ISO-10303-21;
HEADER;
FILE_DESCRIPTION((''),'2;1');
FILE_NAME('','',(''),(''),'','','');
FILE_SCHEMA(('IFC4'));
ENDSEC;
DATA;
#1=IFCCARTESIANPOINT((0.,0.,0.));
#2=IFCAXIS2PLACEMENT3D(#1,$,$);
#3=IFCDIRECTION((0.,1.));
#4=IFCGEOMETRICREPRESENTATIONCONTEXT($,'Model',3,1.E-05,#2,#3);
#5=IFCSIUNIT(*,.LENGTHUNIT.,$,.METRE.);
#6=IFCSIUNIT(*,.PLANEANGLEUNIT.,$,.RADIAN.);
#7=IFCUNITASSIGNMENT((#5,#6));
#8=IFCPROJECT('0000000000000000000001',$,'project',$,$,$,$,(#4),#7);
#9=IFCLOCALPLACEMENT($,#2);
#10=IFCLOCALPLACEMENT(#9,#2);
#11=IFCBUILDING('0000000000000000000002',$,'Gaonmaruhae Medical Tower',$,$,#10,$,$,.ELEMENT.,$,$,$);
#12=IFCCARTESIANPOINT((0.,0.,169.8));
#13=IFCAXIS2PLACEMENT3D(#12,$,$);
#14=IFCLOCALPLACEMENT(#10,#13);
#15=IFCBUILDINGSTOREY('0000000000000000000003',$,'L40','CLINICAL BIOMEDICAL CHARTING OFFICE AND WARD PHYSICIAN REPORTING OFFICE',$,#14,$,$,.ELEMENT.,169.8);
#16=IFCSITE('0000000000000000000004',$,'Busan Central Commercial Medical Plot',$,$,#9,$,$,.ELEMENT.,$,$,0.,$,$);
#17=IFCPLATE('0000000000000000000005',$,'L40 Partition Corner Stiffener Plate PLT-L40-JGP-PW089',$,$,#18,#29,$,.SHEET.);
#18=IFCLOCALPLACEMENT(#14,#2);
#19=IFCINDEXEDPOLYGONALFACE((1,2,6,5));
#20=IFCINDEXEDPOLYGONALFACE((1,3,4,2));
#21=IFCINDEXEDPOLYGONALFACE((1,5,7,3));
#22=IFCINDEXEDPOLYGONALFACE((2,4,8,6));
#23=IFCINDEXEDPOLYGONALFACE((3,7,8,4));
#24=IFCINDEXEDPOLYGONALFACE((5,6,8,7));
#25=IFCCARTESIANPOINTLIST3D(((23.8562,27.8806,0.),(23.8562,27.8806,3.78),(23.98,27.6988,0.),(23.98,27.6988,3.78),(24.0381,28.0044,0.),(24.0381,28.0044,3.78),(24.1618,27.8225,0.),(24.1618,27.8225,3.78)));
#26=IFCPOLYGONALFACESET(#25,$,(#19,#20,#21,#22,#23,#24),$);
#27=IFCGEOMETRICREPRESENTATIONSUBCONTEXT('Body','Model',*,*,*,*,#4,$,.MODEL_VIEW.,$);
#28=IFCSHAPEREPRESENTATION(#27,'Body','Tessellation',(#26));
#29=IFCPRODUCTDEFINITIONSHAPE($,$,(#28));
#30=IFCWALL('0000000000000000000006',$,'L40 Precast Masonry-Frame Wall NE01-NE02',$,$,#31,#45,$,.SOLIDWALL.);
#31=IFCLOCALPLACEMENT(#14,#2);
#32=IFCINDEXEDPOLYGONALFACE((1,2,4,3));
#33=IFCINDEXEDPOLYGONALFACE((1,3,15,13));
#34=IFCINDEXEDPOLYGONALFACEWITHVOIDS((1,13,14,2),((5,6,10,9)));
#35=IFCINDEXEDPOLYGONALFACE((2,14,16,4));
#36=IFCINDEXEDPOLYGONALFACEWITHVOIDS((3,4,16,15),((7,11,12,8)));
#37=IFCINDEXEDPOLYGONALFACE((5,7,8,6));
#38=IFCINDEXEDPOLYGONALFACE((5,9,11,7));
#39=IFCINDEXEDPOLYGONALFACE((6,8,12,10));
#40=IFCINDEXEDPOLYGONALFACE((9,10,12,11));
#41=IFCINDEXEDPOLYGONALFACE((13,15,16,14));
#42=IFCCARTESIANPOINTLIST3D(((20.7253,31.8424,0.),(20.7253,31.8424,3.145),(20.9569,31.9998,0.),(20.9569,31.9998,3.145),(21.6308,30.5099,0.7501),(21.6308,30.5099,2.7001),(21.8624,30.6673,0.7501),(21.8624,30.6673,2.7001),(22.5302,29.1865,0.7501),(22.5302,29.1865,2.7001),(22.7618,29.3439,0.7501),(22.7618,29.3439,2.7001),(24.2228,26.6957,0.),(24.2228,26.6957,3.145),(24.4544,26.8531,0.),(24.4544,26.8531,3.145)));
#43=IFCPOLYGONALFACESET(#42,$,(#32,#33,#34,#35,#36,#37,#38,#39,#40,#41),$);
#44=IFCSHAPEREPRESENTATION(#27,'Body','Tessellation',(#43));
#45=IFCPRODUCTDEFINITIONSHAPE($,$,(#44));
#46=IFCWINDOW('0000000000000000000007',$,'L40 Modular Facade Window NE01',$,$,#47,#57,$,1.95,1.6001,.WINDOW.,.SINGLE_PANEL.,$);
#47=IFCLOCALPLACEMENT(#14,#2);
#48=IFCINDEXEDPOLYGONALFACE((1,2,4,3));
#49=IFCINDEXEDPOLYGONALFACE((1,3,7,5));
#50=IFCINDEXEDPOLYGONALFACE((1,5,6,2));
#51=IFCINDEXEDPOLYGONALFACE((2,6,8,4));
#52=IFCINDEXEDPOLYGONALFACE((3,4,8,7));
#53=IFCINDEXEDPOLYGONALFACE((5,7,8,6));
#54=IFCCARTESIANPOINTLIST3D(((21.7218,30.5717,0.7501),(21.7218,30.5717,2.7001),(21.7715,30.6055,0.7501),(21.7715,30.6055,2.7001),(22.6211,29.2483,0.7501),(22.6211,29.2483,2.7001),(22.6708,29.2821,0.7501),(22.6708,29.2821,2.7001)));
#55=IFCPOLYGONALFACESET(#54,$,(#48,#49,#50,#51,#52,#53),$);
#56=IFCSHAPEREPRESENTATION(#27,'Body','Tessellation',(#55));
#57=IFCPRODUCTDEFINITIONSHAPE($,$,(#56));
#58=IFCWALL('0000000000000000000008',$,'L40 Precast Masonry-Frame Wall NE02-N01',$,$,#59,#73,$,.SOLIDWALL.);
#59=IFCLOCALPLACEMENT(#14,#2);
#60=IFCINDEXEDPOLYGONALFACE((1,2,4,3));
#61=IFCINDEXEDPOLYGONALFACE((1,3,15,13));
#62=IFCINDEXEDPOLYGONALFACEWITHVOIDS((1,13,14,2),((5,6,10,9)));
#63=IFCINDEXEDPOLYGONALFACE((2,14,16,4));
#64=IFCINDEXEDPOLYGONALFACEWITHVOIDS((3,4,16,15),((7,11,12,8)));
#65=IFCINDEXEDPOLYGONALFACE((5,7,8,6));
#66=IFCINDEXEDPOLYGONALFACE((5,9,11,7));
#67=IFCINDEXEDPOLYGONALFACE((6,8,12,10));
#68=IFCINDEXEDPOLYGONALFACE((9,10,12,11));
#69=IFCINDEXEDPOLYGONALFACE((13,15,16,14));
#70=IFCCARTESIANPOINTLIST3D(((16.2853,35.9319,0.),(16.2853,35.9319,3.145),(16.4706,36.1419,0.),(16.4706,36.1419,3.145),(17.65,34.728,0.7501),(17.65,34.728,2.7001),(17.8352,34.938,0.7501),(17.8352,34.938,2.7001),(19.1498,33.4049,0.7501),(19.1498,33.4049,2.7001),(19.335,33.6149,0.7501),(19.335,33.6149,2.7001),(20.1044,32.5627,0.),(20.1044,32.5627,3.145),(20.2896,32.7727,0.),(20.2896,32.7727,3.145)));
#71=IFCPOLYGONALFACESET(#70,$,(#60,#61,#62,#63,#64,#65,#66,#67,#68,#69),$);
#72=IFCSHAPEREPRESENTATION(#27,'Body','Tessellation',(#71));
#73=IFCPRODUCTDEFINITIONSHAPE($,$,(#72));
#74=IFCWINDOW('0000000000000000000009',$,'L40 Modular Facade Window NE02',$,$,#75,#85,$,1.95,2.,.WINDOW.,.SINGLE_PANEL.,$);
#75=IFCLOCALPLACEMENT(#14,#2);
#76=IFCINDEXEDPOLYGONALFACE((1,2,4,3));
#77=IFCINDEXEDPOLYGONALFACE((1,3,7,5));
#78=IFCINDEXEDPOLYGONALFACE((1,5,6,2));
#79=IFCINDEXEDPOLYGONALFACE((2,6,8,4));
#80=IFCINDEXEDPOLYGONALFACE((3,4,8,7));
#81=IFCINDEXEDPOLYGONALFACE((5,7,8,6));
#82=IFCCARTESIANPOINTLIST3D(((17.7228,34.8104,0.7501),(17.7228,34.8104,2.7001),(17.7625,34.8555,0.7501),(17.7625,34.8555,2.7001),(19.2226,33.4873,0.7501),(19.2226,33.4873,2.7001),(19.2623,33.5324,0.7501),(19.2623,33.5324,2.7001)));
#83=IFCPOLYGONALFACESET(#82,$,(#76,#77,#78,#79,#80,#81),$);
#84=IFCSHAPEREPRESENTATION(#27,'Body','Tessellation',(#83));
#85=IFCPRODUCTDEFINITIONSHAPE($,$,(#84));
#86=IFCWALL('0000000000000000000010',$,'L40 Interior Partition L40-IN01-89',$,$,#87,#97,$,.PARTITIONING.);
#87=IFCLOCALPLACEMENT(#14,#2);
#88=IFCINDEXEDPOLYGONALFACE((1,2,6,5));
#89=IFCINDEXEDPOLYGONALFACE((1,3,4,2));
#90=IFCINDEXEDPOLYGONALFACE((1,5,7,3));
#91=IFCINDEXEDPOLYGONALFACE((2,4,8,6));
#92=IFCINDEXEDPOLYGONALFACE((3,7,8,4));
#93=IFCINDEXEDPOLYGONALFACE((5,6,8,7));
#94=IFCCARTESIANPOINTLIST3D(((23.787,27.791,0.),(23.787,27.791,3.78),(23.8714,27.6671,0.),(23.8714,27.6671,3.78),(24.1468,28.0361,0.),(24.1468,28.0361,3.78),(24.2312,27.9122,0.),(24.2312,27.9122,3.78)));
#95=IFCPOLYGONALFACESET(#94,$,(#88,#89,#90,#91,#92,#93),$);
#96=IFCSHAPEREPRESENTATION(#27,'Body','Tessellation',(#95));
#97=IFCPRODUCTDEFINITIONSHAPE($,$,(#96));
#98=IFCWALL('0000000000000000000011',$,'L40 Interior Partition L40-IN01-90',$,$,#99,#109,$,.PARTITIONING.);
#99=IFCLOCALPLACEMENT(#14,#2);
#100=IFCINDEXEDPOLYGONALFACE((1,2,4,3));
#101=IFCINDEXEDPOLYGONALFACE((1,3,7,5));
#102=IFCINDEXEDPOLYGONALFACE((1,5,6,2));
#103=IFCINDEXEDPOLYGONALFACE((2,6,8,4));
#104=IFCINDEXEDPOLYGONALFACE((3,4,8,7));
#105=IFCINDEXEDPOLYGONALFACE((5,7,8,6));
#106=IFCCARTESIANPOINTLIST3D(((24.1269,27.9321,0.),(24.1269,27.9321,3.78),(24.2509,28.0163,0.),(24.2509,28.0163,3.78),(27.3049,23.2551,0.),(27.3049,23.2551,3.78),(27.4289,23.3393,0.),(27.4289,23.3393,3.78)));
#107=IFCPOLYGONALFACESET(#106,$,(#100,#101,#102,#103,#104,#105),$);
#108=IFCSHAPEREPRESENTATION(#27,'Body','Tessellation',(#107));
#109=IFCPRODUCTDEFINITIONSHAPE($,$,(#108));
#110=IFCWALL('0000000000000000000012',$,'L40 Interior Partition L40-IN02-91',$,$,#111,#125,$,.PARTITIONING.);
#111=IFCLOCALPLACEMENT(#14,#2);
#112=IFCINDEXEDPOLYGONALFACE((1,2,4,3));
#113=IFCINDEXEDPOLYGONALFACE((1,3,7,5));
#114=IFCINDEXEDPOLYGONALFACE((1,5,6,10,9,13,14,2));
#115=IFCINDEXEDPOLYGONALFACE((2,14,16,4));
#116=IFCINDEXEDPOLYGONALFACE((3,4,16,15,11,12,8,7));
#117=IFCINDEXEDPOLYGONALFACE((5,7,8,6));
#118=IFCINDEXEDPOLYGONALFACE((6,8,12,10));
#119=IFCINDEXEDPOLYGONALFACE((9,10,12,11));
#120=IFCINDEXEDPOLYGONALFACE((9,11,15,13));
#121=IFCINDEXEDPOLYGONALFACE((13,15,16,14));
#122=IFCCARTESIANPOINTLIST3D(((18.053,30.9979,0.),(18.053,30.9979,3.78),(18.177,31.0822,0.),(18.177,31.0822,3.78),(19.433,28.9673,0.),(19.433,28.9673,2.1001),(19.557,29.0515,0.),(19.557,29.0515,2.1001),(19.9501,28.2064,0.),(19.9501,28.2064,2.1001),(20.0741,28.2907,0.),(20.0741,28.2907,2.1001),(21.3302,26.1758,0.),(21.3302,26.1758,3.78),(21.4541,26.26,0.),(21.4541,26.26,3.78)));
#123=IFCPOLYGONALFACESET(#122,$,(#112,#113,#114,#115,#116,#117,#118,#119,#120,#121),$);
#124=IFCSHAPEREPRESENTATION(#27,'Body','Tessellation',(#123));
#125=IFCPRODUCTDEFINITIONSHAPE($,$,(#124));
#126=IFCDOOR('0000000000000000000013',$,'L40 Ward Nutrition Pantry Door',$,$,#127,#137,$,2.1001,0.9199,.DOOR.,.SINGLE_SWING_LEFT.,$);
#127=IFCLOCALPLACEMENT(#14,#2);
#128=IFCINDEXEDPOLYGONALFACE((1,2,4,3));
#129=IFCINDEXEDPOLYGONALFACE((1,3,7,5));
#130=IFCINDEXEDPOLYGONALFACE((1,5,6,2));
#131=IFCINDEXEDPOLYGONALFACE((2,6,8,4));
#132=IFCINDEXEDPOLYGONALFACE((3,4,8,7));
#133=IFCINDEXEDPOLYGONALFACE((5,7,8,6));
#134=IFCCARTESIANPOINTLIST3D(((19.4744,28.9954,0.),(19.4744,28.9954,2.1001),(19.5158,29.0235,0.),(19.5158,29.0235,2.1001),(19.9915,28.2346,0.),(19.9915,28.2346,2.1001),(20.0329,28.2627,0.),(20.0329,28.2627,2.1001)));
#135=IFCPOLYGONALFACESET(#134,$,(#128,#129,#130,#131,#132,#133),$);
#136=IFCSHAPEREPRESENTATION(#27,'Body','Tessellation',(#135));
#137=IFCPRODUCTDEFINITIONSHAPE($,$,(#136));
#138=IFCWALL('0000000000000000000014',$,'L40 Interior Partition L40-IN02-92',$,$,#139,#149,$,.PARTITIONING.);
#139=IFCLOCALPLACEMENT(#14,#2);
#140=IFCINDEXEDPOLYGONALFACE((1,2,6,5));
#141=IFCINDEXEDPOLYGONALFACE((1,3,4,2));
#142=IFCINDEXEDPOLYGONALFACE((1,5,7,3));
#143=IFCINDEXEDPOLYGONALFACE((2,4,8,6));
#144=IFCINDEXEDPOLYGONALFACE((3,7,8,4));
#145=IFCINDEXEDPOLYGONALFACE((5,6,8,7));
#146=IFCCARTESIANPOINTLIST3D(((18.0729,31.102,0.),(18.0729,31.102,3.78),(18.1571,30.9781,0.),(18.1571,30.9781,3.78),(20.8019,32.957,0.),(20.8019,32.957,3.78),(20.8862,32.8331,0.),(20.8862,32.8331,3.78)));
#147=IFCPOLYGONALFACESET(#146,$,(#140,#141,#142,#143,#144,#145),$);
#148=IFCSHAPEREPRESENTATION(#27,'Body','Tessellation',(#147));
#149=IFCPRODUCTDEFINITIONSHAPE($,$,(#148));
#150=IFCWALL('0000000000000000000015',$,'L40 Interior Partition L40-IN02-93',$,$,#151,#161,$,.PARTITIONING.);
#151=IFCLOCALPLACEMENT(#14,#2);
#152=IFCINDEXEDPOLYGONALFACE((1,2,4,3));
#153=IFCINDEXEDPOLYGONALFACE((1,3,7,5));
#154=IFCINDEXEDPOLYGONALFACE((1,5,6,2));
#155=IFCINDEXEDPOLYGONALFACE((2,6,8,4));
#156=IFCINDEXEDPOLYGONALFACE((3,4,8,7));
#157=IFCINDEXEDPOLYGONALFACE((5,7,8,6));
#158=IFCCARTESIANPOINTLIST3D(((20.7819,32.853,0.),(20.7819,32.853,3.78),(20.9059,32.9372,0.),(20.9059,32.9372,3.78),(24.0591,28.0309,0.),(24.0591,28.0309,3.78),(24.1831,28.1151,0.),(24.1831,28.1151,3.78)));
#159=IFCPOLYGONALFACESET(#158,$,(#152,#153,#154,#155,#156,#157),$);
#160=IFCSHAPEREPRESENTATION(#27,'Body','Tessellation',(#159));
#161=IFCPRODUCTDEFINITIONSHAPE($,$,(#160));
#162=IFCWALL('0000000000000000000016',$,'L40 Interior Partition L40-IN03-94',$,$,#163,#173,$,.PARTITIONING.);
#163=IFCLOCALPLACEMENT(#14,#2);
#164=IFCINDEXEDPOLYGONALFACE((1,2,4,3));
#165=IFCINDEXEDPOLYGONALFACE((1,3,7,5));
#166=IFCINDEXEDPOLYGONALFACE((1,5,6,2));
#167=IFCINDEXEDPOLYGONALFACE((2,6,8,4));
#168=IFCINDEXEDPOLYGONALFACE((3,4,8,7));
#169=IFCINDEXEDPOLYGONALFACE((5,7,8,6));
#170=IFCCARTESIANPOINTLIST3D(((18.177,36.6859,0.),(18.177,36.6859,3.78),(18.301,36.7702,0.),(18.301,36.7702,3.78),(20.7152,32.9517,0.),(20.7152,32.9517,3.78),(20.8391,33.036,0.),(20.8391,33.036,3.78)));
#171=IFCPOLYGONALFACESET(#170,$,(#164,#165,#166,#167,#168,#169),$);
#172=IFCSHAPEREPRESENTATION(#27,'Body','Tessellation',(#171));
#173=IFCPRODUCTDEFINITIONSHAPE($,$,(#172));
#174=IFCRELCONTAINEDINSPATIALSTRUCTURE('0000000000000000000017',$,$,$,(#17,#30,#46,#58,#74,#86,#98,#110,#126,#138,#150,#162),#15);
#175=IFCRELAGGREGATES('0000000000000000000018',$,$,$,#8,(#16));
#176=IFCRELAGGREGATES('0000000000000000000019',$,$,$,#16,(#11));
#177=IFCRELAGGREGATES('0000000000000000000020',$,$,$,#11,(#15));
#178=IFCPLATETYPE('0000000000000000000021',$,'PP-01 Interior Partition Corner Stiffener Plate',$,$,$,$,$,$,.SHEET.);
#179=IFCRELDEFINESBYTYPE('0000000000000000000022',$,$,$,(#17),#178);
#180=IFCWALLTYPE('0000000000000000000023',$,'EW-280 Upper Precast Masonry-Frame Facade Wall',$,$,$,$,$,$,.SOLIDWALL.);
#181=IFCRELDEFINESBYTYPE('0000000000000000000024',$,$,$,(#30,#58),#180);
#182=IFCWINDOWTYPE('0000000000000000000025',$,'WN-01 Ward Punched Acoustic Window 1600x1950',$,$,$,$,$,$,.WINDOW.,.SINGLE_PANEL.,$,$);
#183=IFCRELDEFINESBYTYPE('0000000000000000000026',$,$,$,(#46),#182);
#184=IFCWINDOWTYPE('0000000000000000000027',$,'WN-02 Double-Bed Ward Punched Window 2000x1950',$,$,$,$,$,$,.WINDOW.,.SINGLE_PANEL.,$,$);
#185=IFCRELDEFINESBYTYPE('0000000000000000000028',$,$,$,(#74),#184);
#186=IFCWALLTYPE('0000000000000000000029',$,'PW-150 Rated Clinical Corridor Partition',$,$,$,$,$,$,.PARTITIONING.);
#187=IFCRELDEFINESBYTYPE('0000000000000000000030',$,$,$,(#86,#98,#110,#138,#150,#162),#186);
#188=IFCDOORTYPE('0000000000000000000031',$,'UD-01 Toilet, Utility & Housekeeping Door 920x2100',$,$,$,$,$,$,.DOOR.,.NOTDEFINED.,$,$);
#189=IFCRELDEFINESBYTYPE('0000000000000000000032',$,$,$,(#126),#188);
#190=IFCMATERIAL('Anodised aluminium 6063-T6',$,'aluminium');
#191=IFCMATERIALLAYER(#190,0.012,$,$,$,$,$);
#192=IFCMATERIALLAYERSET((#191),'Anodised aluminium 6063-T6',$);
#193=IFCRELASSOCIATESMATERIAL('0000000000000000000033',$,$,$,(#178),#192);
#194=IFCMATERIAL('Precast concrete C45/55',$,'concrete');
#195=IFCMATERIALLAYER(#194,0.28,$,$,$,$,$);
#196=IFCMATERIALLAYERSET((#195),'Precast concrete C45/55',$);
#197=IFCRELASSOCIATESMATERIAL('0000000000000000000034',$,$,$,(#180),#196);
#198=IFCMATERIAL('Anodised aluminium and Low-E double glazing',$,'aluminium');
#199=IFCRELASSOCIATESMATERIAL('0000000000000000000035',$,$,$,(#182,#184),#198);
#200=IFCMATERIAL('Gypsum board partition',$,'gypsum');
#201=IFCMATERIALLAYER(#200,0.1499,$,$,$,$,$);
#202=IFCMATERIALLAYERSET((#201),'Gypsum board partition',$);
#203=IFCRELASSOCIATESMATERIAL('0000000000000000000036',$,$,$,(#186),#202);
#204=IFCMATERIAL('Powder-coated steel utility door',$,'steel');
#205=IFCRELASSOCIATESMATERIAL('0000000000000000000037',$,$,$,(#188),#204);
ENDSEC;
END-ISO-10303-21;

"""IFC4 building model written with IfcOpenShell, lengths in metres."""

from ifc_helpers import new_model, si_unit, direction, frame, frame_2d, origin, origin_2d, place, context, subcontext, project, spatial, rectangle, extrude, material, layer, layer_set, type_object, element, fill, save


model = new_model("IFC4")

# Units and contexts
model_context = context("Model", 3, precision=1e-05, world=origin(), true_north=direction((0.0, 1.0)))
body_context = subcontext(model_context, "Body", "Model", "MODEL_VIEW")
ifc_project = project(units=[si_unit("LENGTHUNIT", "METRE"), si_unit("PLANEANGLEUNIT", "RADIAN")], contexts=[model_context])

# Site, building, storey
site_placement = place(None, origin())
site = spatial("IfcSite", under=ifc_project, at=site_placement, Name="Busan Central Commercial Medical Plot", CompositionType="ELEMENT", RefElevation=0.0)
building_placement = place(site_placement, origin())
building = spatial("IfcBuilding", under=site, at=building_placement, Name="Gaonmaruhae Medical Tower", CompositionType="ELEMENT")
storey_placement = place(building_placement, frame((0.0, 0.0, 169.8)))
storey = spatial("IfcBuildingStorey", under=building, at=storey_placement, Name="L40", Description="CLINICAL BIOMEDICAL CHARTING OFFICE AND WARD PHYSICIAN REPORTING OFFICE", CompositionType="ELEMENT", Elevation=169.8)

# Plate
ifc_material_1 = material(Name="Anodised aluminium 6063-T6", Category="aluminium")
ifc_layer_1 = layer(ifc_material_1, 0.012)
ifc_layer_set_1 = layer_set([ifc_layer_1], Name="Anodised aluminium 6063-T6")
plate_type = type_object("IfcPlateType", Name="PP-01 Interior Partition Corner Stiffener Plate", PredefinedType="SHEET", material=ifc_layer_set_1)
plate_placement = place(storey_placement, frame((24.009, 27.8516, 0.0), z_axis=(0.0, 0.0, 1.0), x_axis=(0.826717, 0.562617, 0.0)))
element("IfcPlate", 1, at=plate_placement, inside=storey, type_object=plate_type, Name="L40 Partition Corner Stiffener Plate PLT-L40-JGP-PW089", PredefinedType="SHEET", context=body_context, shape_type="SweptSolid", body=[
    extrude(rectangle(XDim=0.22, YDim=0.22, at=origin_2d()), origin(), (0.0, 0.0, 1.0), 3.78),
])

# Walls, openings, windows
ifc_material_2 = material(Name="Precast concrete C45/55", Category="concrete")
ifc_layer_2 = layer(ifc_material_2, 0.28)
ifc_layer_set_2 = layer_set([ifc_layer_2], Name="Precast concrete C45/55")
wall_type_1 = type_object("IfcWallType", Name="EW-280 Upper Precast Masonry-Frame Facade Wall", PredefinedType="SOLIDWALL", material=ifc_layer_set_2)
wall_1_placement = place(storey_placement, frame((24.3386, 26.7744, 0.0), z_axis=(0.0, 0.0, 1.0), x_axis=(-0.562066, 0.827092, 0.0)))
wall_1 = element("IfcWall", 2, at=wall_1_placement, inside=storey, type_object=wall_type_1, Name="L40 Precast Masonry-Frame Wall NE01-NE02", PredefinedType="SOLIDWALL", context=body_context, shape_type="SweptSolid", body=[
    extrude(rectangle(XDim=6.2227, YDim=0.28, at=frame_2d((3.1113, 0.0))), origin(), (0.0, 0.0, 1.0), 3.145),
])
opening_1_placement = place(wall_1_placement, frame((3.0115, 0.0, 0.75)))
opening_1 = element("IfcOpeningElement", 3, at=opening_1_placement, cuts=wall_1, PredefinedType="OPENING", context=body_context, shape_type="SweptSolid", body=[
    extrude(rectangle(XDim=1.6001, YDim=1.95, at=frame_2d((0.8, 0.9751))), frame((0.0, 0.1499, 0.0), z_axis=(0.0, -1.0, 0.0), x_axis=(1.0, 0.0, 0.0)), (0.0, 0.0, 1.0), 0.3),
])
ifc_material_3 = material(Name="Anodised aluminium and Low-E double glazing", Category="aluminium")
window_type_1 = type_object("IfcWindowType", Name="WN-01 Ward Punched Acoustic Window 1600x1950", PartitioningType="SINGLE_PANEL", PredefinedType="WINDOW", material=ifc_material_3)
window_1_placement = place(opening_1_placement, origin())
window_1 = element("IfcWindow", 4, at=window_1_placement, inside=storey, type_object=window_type_1, Name="L40 Modular Facade Window NE01", OverallHeight=1.95, OverallWidth=1.6001, PartitioningType="SINGLE_PANEL", PredefinedType="WINDOW", context=body_context, shape_type="SweptSolid", body=[
    extrude(rectangle(XDim=1.6001, YDim=1.95, at=frame_2d((0.8, 0.9751))), frame((0.0, 0.03, 0.0), z_axis=(0.0, -1.0, 0.0), x_axis=(1.0, 0.0, 0.0)), (0.0, 0.0, 1.0), 0.0601),
])
fill(opening_1, window_1)
wall_2_placement = place(storey_placement, frame((16.3779, 36.0369, 0.0), z_axis=(0.0, 0.0, 1.0), x_axis=(0.749901, -0.66155, 0.0)))
wall_2 = element("IfcWall", 5, at=wall_2_placement, inside=storey, type_object=wall_type_1, Name="L40 Precast Masonry-Frame Wall NE02-N01", PredefinedType="SOLIDWALL", context=body_context, shape_type="SweptSolid", body=[
    extrude(rectangle(XDim=5.0928, YDim=0.28, at=frame_2d((2.5464, 0.0))), origin(), (0.0, 0.0, 1.0), 3.145),
])
opening_2_placement = place(wall_2_placement, frame((1.8198, 0.0, 0.75)))
opening_2 = element("IfcOpeningElement", 6, at=opening_2_placement, cuts=wall_2, PredefinedType="OPENING", context=body_context, shape_type="SweptSolid", body=[
    extrude(rectangle(XDim=2.0, YDim=1.95, at=frame_2d((1.0, 0.9751))), frame((0.0, 0.1499, 0.0), z_axis=(0.0, -1.0, 0.0), x_axis=(1.0, 0.0, 0.0)), (0.0, 0.0, 1.0), 0.3),
])
window_type_2 = type_object("IfcWindowType", Name="WN-02 Double-Bed Ward Punched Window 2000x1950", PartitioningType="SINGLE_PANEL", PredefinedType="WINDOW", material=ifc_material_3)
window_2_placement = place(opening_2_placement, origin())
window_2 = element("IfcWindow", 7, at=window_2_placement, inside=storey, type_object=window_type_2, Name="L40 Modular Facade Window NE02", OverallHeight=1.95, OverallWidth=2.0, PartitioningType="SINGLE_PANEL", PredefinedType="WINDOW", context=body_context, shape_type="SweptSolid", body=[
    extrude(rectangle(XDim=2.0, YDim=1.95, at=frame_2d((1.0, 0.9751))), frame((0.0, 0.03, 0.0), z_axis=(0.0, -1.0, 0.0), x_axis=(1.0, 0.0, 0.0)), (0.0, 0.0, 1.0), 0.0601),
])
fill(opening_2, window_2)

# Walls
ifc_material_4 = material(Name="Gypsum board partition", Category="gypsum")
ifc_layer_3 = layer(ifc_material_4, 0.1499)
ifc_layer_set_3 = layer_set([ifc_layer_3], Name="Gypsum board partition")
wall_type_2 = type_object("IfcWallType", Name="PW-150 Rated Clinical Corridor Partition", PredefinedType="PARTITIONING", material=ifc_layer_set_3)
wall_3_placement = place(storey_placement, frame((23.8291, 27.729, 0.0), z_axis=(0.0, 0.0, 1.0), x_axis=(0.826488, 0.562954, 0.0)))
element("IfcWall", 8, at=wall_3_placement, inside=storey, type_object=wall_type_2, Name="L40 Interior Partition L40-IN01-89", PredefinedType="PARTITIONING", context=body_context, shape_type="SweptSolid", body=[
    extrude(rectangle(XDim=0.4353, YDim=0.1499, at=frame_2d((0.2178, 0.0))), origin(), (0.0, 0.0, 1.0), 3.78),
])
wall_4_placement = place(storey_placement, frame((24.189, 27.9741, 0.0), z_axis=(0.0, 0.0, 1.0), x_axis=(0.562022, -0.827122, 0.0)))
element("IfcWall", 9, at=wall_4_placement, inside=storey, type_object=wall_type_2, Name="L40 Interior Partition L40-IN01-90", PredefinedType="PARTITIONING", context=body_context, shape_type="SweptSolid", body=[
    extrude(rectangle(XDim=5.6545, YDim=0.1499, at=frame_2d((2.8271, 0.0))), origin(), (0.0, 0.0, 1.0), 3.78),
])

# Wall, opening, door
wall_5_placement = place(storey_placement, frame((21.3921, 26.218, 0.0), z_axis=(0.0, 0.0, 1.0), x_axis=(-0.56209, 0.827076, 0.0)))
wall_5 = element("IfcWall", 10, at=wall_5_placement, inside=storey, type_object=wall_type_2, Name="L40 Interior Partition L40-IN02-91", PredefinedType="PARTITIONING", context=body_context, shape_type="SweptSolid", body=[
    extrude(rectangle(XDim=5.8303, YDim=0.1499, at=frame_2d((2.915, 0.0))), origin(), (0.0, 0.0, 1.0), 3.78),
])
opening_3_placement = place(wall_5_placement, frame((2.4551, 0.0, 0.0)))
opening_3 = element("IfcOpeningElement", 11, at=opening_3_placement, cuts=wall_5, PredefinedType="OPENING", context=body_context, shape_type="SweptSolid", body=[
    extrude(rectangle(XDim=0.9199, YDim=2.1001, at=frame_2d((0.46, 1.05))), frame((0.0, 0.085, 0.0), z_axis=(0.0, -1.0, 0.0), x_axis=(1.0, 0.0, 0.0)), (0.0, 0.0, 1.0), 0.1699),
])
ifc_material_5 = material(Name="Powder-coated steel utility door", Category="steel")
door_type = type_object("IfcDoorType", Name="UD-01 Toilet, Utility & Housekeeping Door 920x2100", OperationType="NOTDEFINED", PredefinedType="DOOR", material=ifc_material_5)
door_1_placement = place(opening_3_placement, origin())
door_1 = element("IfcDoor", 12, at=door_1_placement, inside=storey, type_object=door_type, Name="L40 Ward Nutrition Pantry Door", OperationType="SINGLE_SWING_LEFT", OverallHeight=2.1001, OverallWidth=0.9199, PredefinedType="DOOR", context=body_context, shape_type="SweptSolid", body=[
    extrude(rectangle(XDim=0.9199, YDim=2.1001, at=frame_2d((0.46, 1.05))), frame((0.0, 0.0249, 0.0), z_axis=(0.0, -1.0, 0.0), x_axis=(1.0, 0.0, 0.0)), (0.0, 0.0, 1.0), 0.05),
])
fill(opening_3, door_1)

# Walls
wall_6_placement = place(storey_placement, frame((18.115, 31.04, 0.0), z_axis=(0.0, 0.0, 1.0), x_axis=(0.827031, 0.562156, 0.0)))
element("IfcWall", 13, at=wall_6_placement, inside=storey, type_object=wall_type_2, Name="L40 Interior Partition L40-IN02-92", PredefinedType="PARTITIONING", context=body_context, shape_type="SweptSolid", body=[
    extrude(rectangle(XDim=3.2998, YDim=0.1499, at=frame_2d((1.6499, 0.0))), origin(), (0.0, 0.0, 1.0), 3.78),
])
wall_7_placement = place(storey_placement, frame((20.844, 32.895, 0.0), z_axis=(0.0, 0.0, 1.0), x_axis=(0.56209, -0.827076, 0.0)))
element("IfcWall", 14, at=wall_7_placement, inside=storey, type_object=wall_type_2, Name="L40 Interior Partition L40-IN02-93", PredefinedType="PARTITIONING", context=body_context, shape_type="SweptSolid", body=[
    extrude(rectangle(XDim=5.8303, YDim=0.1499, at=frame_2d((2.915, 0.0))), origin(), (0.0, 0.0, 1.0), 3.78),
])
wall_8_placement = place(storey_placement, frame((18.239, 36.728, 0.0), z_axis=(0.0, 0.0, 1.0), x_axis=(0.56214, -0.827042, 0.0)))
element("IfcWall", 15, at=wall_8_placement, inside=storey, type_object=wall_type_2, Name="L40 Interior Partition L40-IN03-94", PredefinedType="PARTITIONING", context=body_context, shape_type="SweptSolid", body=[
    extrude(rectangle(XDim=4.5151, YDim=0.1499, at=frame_2d((2.2576, 0.0))), origin(), (0.0, 0.0, 1.0), 3.78),
])

save(model, "model.ifc")
